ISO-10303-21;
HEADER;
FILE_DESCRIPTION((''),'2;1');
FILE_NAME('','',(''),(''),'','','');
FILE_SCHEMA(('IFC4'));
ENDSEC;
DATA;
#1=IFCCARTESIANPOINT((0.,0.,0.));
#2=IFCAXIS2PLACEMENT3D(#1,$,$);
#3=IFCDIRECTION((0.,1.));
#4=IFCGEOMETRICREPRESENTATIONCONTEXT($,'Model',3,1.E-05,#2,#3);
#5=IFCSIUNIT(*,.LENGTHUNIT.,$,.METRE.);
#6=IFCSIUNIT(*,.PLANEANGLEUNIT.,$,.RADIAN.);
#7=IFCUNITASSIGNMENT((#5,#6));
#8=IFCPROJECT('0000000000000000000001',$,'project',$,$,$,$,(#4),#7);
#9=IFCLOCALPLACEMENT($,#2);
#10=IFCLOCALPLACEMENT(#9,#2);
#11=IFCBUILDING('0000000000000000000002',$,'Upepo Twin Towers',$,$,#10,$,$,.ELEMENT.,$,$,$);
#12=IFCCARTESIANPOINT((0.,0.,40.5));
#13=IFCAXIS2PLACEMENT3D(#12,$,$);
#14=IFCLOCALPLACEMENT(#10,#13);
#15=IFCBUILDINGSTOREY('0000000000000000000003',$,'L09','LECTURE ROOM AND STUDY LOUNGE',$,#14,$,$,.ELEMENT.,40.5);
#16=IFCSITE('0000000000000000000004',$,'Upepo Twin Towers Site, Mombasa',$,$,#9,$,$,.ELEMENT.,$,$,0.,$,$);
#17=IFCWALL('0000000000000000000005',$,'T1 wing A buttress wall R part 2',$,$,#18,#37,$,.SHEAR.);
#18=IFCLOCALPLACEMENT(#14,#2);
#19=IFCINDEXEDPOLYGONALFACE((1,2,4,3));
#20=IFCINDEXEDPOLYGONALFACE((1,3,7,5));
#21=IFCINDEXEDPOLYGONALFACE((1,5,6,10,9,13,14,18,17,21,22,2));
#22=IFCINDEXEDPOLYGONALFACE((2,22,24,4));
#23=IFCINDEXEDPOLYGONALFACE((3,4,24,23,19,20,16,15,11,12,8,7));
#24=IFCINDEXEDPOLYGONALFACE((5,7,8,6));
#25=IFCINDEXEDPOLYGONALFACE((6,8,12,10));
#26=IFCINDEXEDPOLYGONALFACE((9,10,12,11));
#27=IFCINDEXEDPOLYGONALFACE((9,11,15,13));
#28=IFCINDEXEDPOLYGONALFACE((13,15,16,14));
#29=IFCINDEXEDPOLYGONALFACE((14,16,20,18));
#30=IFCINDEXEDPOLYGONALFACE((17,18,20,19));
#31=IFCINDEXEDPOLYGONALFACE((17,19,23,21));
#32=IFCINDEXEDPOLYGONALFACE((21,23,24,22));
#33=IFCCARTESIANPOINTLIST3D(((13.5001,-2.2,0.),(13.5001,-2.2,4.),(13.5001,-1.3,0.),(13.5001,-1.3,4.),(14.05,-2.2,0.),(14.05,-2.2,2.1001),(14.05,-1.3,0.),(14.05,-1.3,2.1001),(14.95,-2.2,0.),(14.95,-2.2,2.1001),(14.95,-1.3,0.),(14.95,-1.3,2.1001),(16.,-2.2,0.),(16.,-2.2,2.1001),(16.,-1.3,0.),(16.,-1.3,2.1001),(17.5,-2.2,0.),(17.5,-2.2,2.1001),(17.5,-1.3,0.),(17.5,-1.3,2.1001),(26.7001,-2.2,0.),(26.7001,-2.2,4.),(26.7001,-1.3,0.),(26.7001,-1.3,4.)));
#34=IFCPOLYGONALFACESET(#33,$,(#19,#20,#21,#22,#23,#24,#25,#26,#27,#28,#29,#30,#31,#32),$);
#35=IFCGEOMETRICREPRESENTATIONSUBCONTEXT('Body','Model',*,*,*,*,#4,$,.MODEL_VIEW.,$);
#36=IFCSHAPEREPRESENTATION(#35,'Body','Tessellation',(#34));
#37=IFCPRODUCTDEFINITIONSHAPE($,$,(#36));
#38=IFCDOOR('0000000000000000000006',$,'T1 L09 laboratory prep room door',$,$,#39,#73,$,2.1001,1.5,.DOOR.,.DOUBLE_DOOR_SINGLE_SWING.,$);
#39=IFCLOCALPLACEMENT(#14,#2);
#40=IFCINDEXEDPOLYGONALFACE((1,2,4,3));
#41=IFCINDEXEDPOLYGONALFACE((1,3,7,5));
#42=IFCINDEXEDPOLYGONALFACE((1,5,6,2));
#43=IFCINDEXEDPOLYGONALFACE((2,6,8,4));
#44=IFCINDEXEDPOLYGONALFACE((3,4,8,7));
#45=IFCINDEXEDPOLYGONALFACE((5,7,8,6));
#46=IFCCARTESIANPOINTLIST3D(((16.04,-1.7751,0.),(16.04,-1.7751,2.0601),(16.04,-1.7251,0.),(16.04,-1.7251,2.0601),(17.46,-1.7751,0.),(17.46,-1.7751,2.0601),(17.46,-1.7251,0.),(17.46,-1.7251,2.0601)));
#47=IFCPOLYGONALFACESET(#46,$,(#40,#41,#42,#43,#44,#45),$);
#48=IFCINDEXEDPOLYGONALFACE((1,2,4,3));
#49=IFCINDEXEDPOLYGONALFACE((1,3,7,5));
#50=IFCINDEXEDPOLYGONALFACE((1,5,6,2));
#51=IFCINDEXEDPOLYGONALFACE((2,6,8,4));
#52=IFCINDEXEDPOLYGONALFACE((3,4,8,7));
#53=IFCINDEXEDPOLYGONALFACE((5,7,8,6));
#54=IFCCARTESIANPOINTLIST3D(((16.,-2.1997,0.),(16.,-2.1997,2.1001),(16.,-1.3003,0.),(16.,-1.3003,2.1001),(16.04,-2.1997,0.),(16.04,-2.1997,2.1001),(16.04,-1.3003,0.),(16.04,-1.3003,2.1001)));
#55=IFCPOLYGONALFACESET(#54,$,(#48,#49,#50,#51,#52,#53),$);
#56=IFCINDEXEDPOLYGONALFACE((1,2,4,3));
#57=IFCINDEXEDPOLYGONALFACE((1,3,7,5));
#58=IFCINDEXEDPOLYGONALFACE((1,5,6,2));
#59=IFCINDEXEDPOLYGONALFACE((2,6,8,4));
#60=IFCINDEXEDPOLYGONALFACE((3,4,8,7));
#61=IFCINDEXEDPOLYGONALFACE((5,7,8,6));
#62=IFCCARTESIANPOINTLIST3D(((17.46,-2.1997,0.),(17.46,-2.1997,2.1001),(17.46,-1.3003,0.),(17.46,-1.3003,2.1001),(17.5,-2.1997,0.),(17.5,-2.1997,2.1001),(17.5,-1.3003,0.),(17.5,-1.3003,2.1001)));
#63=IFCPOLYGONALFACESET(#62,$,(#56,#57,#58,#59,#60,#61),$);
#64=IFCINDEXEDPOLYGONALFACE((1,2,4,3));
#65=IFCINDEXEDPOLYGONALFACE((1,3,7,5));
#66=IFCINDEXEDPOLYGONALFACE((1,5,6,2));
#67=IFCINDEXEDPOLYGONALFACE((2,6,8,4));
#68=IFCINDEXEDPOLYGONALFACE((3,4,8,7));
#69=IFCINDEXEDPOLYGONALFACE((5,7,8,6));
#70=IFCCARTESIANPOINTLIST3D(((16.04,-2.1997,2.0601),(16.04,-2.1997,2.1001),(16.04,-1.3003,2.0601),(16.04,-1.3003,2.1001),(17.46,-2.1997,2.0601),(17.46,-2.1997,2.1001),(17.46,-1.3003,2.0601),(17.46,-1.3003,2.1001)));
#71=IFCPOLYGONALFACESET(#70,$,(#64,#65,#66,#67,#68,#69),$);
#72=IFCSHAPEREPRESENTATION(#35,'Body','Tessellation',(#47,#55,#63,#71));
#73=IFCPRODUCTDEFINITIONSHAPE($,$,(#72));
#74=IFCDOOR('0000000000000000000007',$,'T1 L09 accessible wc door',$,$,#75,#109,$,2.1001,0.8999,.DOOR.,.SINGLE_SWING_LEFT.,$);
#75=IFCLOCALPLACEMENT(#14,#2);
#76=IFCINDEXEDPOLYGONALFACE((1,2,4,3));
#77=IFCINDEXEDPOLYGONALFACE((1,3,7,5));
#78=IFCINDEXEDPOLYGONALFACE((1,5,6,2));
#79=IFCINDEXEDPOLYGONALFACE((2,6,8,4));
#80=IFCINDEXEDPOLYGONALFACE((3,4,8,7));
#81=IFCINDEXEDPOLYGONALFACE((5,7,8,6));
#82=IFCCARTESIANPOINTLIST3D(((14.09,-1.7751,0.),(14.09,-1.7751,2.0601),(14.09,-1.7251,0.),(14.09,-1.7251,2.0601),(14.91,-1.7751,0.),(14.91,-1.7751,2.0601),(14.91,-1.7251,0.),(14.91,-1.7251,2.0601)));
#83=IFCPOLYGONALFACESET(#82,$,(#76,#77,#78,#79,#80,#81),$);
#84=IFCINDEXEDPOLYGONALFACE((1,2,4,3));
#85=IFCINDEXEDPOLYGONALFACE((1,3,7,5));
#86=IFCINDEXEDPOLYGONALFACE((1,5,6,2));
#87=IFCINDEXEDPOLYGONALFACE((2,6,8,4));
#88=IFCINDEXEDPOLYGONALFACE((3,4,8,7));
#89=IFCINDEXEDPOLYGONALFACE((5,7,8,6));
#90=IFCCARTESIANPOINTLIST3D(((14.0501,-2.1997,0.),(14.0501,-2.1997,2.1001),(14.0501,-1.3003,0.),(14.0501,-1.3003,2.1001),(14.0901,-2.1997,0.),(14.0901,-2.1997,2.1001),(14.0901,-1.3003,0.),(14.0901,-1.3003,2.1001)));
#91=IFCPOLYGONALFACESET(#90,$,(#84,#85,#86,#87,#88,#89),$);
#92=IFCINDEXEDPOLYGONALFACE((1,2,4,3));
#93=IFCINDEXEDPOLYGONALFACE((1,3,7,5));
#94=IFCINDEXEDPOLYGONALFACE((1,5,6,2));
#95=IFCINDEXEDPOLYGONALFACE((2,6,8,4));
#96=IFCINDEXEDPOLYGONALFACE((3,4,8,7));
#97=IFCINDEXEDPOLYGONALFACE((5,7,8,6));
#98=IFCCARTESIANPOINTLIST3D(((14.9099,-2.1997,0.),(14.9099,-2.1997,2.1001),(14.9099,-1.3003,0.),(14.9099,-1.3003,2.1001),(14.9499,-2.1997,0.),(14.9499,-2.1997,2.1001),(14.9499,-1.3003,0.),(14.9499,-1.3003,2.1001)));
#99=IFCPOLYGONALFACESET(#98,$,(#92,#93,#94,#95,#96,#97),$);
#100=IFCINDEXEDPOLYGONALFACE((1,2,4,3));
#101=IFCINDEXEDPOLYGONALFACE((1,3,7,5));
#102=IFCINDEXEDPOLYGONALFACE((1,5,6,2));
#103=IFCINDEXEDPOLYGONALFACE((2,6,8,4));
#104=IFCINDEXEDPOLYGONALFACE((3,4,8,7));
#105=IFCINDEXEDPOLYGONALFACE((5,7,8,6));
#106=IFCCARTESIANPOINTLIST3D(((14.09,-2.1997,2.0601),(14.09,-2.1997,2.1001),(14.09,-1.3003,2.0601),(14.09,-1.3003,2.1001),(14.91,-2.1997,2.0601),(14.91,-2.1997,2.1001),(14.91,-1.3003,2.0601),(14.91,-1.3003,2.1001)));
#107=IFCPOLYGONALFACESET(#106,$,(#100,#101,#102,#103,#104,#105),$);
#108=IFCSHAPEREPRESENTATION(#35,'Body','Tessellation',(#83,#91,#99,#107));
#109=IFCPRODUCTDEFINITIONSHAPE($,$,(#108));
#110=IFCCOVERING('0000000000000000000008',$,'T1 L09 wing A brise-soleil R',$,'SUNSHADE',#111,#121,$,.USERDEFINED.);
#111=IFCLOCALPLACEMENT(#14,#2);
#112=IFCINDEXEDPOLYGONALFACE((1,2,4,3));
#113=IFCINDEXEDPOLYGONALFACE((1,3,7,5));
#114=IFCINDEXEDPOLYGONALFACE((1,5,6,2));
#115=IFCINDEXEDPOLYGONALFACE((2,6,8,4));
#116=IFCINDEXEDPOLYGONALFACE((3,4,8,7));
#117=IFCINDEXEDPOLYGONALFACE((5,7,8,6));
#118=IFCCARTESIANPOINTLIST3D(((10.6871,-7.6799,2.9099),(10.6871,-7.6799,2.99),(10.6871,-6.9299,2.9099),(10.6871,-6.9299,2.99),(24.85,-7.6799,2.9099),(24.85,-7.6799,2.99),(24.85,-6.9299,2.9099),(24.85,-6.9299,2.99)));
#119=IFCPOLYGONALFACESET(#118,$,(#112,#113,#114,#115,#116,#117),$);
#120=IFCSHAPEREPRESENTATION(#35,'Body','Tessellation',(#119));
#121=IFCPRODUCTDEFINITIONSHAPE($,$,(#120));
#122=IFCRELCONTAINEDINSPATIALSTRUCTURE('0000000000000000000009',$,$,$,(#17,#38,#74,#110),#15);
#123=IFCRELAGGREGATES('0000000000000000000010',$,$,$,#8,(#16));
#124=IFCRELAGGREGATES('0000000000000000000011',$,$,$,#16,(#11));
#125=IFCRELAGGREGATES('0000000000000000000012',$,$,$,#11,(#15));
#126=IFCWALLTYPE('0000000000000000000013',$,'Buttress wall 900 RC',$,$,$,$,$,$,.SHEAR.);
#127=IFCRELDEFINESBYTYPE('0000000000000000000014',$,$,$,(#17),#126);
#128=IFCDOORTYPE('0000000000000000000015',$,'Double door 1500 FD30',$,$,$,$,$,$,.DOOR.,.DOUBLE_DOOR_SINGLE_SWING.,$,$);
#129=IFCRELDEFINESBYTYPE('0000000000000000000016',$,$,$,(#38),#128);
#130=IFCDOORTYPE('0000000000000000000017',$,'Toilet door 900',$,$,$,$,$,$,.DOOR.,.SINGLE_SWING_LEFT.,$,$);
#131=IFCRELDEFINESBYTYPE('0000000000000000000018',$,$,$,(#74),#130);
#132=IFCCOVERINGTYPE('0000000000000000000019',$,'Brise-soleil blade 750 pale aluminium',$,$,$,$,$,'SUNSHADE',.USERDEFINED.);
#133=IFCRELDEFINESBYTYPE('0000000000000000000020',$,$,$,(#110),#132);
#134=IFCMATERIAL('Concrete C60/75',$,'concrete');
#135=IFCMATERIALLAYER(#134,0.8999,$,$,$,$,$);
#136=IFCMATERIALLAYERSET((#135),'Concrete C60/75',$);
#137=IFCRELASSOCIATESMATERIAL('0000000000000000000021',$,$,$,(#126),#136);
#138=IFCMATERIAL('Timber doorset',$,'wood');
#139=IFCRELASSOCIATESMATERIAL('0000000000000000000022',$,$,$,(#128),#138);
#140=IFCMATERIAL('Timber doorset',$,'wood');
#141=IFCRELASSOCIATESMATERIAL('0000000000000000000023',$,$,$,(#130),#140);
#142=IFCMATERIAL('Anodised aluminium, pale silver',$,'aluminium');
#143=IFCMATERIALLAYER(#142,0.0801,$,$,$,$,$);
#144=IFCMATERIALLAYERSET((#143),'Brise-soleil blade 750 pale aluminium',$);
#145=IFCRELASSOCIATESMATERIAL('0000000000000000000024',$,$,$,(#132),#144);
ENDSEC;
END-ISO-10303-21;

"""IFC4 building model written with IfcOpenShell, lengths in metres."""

from ifc_helpers import new_model, si_unit, direction, frame, frame_2d, origin, origin_2d, place, context, subcontext, project, spatial, rectangle, extrude, material, layer, layer_set, type_object, element, fill, save


model = new_model("IFC4")

# Units and contexts
model_context = context("Model", 3, precision=1e-05, world=origin(), true_north=direction((0.0, 1.0)))
body_context = subcontext(model_context, "Body", "Model", "MODEL_VIEW")
ifc_project = project(units=[si_unit("LENGTHUNIT", "METRE"), si_unit("PLANEANGLEUNIT", "RADIAN")], contexts=[model_context])

# Site, building, storey
site_placement = place(None, origin())
site = spatial("IfcSite", under=ifc_project, at=site_placement, Name="Upepo Twin Towers Site, Mombasa", CompositionType="ELEMENT", RefElevation=0.0)
building_placement = place(site_placement, origin())
building = spatial("IfcBuilding", under=site, at=building_placement, Name="Upepo Twin Towers", CompositionType="ELEMENT")
storey_placement = place(building_placement, frame((0.0, 0.0, 40.5)))
storey = spatial("IfcBuildingStorey", under=building, at=storey_placement, Name="L09", Description="LECTURE ROOM AND STUDY LOUNGE", CompositionType="ELEMENT", Elevation=40.5)

# Wall, openings, doors
ifc_material_1 = material(Name="Concrete C60/75", Category="concrete")
ifc_layer_1 = layer(ifc_material_1, 0.8999)
ifc_layer_set_1 = layer_set([ifc_layer_1], Name="Concrete C60/75")
wall_type_1 = type_object("IfcWallType", Name="Buttress wall 900 RC", PredefinedType="SHEAR", material=ifc_layer_set_1)
wall_1_placement = place(storey_placement, frame((13.5, -1.75, 0.0), z_axis=(0.0, 0.0, 1.0), x_axis=(1.0, 0.0, 0.0)))
wall_1 = element("IfcWall", 1, at=wall_1_placement, inside=storey, type_object=wall_type_1, Name="T1 wing A buttress wall R part 2", PredefinedType="SHEAR", context=body_context, shape_type="SweptSolid", body=[
    extrude(rectangle(XDim=13.2, YDim=0.8999, at=frame_2d((6.6001, 0.0))), origin(), (0.0, 0.0, 1.0), 4.0),
])
opening_1_placement = place(wall_1_placement, frame((0.55, 0.0, 0.0)))
opening_1 = element("IfcOpeningElement", 2, at=opening_1_placement, cuts=wall_1, PredefinedType="OPENING", context=body_context, shape_type="SweptSolid", body=[
    extrude(rectangle(XDim=0.8999, YDim=2.1001, at=frame_2d((0.45, 1.05))), frame((0.0, 0.46, 0.0), z_axis=(0.0, -1.0, 0.0), x_axis=(1.0, 0.0, 0.0)), (0.0, 0.0, 1.0), 0.9199),
])
opening_2_placement = place(wall_1_placement, frame((2.5, 0.0, 0.0)))
opening_2 = element("IfcOpeningElement", 3, at=opening_2_placement, cuts=wall_1, PredefinedType="OPENING", context=body_context, shape_type="SweptSolid", body=[
    extrude(rectangle(XDim=1.5, YDim=2.1001, at=frame_2d((0.75, 1.05))), frame((0.0, 0.46, 0.0), z_axis=(0.0, -1.0, 0.0), x_axis=(1.0, 0.0, 0.0)), (0.0, 0.0, 1.0), 0.9199),
])
ifc_material_2 = material(Name="Timber doorset", Category="wood")
door_type_1 = type_object("IfcDoorType", Name="Double door 1500 FD30", OperationType="DOUBLE_DOOR_SINGLE_SWING", PredefinedType="DOOR", material=ifc_material_2)
door_1_placement = place(opening_2_placement, origin())
door_1 = element("IfcDoor", 4, at=door_1_placement, inside=storey, type_object=door_type_1, Name="T1 L09 laboratory prep room door", OperationType="DOUBLE_DOOR_SINGLE_SWING", OverallHeight=2.1001, OverallWidth=1.5, PredefinedType="DOOR", context=body_context, shape_type="SweptSolid", body=[
    extrude(rectangle(XDim=1.42, YDim=2.0601, at=frame_2d((0.75, 1.03))), frame((0.0, 0.0249, 0.0), z_axis=(0.0, -1.0, 0.0), x_axis=(1.0, 0.0, 0.0)), (0.0, 0.0, 1.0), 0.05),
    extrude(rectangle(XDim=0.04, YDim=2.1001, at=frame_2d((0.02, 1.05))), frame((0.0, 0.4497, 0.0), z_axis=(0.0, -1.0, 0.0), x_axis=(1.0, 0.0, 0.0)), (0.0, 0.0, 1.0), 0.8994),
    extrude(rectangle(XDim=0.04, YDim=2.1001, at=frame_2d((1.48, 1.05))), frame((0.0, 0.4497, 0.0), z_axis=(0.0, -1.0, 0.0), x_axis=(1.0, 0.0, 0.0)), (0.0, 0.0, 1.0), 0.8994),
    extrude(rectangle(XDim=1.42, YDim=0.04, at=frame_2d((0.75, 2.0801))), frame((0.0, 0.4497, 0.0), z_axis=(0.0, -1.0, 0.0), x_axis=(1.0, 0.0, 0.0)), (0.0, 0.0, 1.0), 0.8994),
])
fill(opening_2, door_1)
ifc_material_3 = material(Name="Timber doorset", Category="wood")
door_type_2 = type_object("IfcDoorType", Name="Toilet door 900", OperationType="SINGLE_SWING_LEFT", PredefinedType="DOOR", material=ifc_material_3)
door_2_placement = place(opening_1_placement, origin())
door_2 = element("IfcDoor", 5, at=door_2_placement, inside=storey, type_object=door_type_2, Name="T1 L09 accessible wc door", OperationType="SINGLE_SWING_LEFT", OverallHeight=2.1001, OverallWidth=0.8999, PredefinedType="DOOR", context=body_context, shape_type="SweptSolid", body=[
    extrude(rectangle(XDim=0.8199, YDim=2.0601, at=frame_2d((0.45, 1.03))), frame((0.0, 0.0249, 0.0), z_axis=(0.0, -1.0, 0.0), x_axis=(1.0, 0.0, 0.0)), (0.0, 0.0, 1.0), 0.05),
    extrude(rectangle(XDim=0.04, YDim=2.1001, at=frame_2d((0.02, 1.05))), frame((0.0, 0.4497, 0.0), z_axis=(0.0, -1.0, 0.0), x_axis=(1.0, 0.0, 0.0)), (0.0, 0.0, 1.0), 0.8994),
    extrude(rectangle(XDim=0.04, YDim=2.1001, at=frame_2d((0.8799, 1.05))), frame((0.0, 0.4497, 0.0), z_axis=(0.0, -1.0, 0.0), x_axis=(1.0, 0.0, 0.0)), (0.0, 0.0, 1.0), 0.8994),
    extrude(rectangle(XDim=0.8199, YDim=0.04, at=frame_2d((0.45, 2.0801))), frame((0.0, 0.4497, 0.0), z_axis=(0.0, -1.0, 0.0), x_axis=(1.0, 0.0, 0.0)), (0.0, 0.0, 1.0), 0.8994),
])
fill(opening_1, door_2)

# Covering
ifc_material_4 = material(Name="Anodised aluminium, pale silver", Category="aluminium")
ifc_layer_2 = layer(ifc_material_4, 0.0801)
ifc_layer_set_2 = layer_set([ifc_layer_2], Name="Brise-soleil blade 750 pale aluminium")
covering_type = type_object("IfcCoveringType", Name="Brise-soleil blade 750 pale aluminium", ElementType="SUNSHADE", PredefinedType="USERDEFINED", material=ifc_layer_set_2)
covering_placement = place(storey_placement, frame((17.7686, -7.3049, 2.9099), z_axis=(0.0, 0.0, 1.0), x_axis=(1.0, 0.0, 0.0)))
element("IfcCovering", 6, at=covering_placement, inside=storey, type_object=covering_type, Name="T1 L09 wing A brise-soleil R", ObjectType="SUNSHADE", PredefinedType="USERDEFINED", context=body_context, shape_type="SweptSolid", body=[
    extrude(rectangle(XDim=14.1628, YDim=0.75, at=origin_2d()), origin(), (0.0, 0.0, 1.0), 0.0801),
])

save(model, "model.ifc")
